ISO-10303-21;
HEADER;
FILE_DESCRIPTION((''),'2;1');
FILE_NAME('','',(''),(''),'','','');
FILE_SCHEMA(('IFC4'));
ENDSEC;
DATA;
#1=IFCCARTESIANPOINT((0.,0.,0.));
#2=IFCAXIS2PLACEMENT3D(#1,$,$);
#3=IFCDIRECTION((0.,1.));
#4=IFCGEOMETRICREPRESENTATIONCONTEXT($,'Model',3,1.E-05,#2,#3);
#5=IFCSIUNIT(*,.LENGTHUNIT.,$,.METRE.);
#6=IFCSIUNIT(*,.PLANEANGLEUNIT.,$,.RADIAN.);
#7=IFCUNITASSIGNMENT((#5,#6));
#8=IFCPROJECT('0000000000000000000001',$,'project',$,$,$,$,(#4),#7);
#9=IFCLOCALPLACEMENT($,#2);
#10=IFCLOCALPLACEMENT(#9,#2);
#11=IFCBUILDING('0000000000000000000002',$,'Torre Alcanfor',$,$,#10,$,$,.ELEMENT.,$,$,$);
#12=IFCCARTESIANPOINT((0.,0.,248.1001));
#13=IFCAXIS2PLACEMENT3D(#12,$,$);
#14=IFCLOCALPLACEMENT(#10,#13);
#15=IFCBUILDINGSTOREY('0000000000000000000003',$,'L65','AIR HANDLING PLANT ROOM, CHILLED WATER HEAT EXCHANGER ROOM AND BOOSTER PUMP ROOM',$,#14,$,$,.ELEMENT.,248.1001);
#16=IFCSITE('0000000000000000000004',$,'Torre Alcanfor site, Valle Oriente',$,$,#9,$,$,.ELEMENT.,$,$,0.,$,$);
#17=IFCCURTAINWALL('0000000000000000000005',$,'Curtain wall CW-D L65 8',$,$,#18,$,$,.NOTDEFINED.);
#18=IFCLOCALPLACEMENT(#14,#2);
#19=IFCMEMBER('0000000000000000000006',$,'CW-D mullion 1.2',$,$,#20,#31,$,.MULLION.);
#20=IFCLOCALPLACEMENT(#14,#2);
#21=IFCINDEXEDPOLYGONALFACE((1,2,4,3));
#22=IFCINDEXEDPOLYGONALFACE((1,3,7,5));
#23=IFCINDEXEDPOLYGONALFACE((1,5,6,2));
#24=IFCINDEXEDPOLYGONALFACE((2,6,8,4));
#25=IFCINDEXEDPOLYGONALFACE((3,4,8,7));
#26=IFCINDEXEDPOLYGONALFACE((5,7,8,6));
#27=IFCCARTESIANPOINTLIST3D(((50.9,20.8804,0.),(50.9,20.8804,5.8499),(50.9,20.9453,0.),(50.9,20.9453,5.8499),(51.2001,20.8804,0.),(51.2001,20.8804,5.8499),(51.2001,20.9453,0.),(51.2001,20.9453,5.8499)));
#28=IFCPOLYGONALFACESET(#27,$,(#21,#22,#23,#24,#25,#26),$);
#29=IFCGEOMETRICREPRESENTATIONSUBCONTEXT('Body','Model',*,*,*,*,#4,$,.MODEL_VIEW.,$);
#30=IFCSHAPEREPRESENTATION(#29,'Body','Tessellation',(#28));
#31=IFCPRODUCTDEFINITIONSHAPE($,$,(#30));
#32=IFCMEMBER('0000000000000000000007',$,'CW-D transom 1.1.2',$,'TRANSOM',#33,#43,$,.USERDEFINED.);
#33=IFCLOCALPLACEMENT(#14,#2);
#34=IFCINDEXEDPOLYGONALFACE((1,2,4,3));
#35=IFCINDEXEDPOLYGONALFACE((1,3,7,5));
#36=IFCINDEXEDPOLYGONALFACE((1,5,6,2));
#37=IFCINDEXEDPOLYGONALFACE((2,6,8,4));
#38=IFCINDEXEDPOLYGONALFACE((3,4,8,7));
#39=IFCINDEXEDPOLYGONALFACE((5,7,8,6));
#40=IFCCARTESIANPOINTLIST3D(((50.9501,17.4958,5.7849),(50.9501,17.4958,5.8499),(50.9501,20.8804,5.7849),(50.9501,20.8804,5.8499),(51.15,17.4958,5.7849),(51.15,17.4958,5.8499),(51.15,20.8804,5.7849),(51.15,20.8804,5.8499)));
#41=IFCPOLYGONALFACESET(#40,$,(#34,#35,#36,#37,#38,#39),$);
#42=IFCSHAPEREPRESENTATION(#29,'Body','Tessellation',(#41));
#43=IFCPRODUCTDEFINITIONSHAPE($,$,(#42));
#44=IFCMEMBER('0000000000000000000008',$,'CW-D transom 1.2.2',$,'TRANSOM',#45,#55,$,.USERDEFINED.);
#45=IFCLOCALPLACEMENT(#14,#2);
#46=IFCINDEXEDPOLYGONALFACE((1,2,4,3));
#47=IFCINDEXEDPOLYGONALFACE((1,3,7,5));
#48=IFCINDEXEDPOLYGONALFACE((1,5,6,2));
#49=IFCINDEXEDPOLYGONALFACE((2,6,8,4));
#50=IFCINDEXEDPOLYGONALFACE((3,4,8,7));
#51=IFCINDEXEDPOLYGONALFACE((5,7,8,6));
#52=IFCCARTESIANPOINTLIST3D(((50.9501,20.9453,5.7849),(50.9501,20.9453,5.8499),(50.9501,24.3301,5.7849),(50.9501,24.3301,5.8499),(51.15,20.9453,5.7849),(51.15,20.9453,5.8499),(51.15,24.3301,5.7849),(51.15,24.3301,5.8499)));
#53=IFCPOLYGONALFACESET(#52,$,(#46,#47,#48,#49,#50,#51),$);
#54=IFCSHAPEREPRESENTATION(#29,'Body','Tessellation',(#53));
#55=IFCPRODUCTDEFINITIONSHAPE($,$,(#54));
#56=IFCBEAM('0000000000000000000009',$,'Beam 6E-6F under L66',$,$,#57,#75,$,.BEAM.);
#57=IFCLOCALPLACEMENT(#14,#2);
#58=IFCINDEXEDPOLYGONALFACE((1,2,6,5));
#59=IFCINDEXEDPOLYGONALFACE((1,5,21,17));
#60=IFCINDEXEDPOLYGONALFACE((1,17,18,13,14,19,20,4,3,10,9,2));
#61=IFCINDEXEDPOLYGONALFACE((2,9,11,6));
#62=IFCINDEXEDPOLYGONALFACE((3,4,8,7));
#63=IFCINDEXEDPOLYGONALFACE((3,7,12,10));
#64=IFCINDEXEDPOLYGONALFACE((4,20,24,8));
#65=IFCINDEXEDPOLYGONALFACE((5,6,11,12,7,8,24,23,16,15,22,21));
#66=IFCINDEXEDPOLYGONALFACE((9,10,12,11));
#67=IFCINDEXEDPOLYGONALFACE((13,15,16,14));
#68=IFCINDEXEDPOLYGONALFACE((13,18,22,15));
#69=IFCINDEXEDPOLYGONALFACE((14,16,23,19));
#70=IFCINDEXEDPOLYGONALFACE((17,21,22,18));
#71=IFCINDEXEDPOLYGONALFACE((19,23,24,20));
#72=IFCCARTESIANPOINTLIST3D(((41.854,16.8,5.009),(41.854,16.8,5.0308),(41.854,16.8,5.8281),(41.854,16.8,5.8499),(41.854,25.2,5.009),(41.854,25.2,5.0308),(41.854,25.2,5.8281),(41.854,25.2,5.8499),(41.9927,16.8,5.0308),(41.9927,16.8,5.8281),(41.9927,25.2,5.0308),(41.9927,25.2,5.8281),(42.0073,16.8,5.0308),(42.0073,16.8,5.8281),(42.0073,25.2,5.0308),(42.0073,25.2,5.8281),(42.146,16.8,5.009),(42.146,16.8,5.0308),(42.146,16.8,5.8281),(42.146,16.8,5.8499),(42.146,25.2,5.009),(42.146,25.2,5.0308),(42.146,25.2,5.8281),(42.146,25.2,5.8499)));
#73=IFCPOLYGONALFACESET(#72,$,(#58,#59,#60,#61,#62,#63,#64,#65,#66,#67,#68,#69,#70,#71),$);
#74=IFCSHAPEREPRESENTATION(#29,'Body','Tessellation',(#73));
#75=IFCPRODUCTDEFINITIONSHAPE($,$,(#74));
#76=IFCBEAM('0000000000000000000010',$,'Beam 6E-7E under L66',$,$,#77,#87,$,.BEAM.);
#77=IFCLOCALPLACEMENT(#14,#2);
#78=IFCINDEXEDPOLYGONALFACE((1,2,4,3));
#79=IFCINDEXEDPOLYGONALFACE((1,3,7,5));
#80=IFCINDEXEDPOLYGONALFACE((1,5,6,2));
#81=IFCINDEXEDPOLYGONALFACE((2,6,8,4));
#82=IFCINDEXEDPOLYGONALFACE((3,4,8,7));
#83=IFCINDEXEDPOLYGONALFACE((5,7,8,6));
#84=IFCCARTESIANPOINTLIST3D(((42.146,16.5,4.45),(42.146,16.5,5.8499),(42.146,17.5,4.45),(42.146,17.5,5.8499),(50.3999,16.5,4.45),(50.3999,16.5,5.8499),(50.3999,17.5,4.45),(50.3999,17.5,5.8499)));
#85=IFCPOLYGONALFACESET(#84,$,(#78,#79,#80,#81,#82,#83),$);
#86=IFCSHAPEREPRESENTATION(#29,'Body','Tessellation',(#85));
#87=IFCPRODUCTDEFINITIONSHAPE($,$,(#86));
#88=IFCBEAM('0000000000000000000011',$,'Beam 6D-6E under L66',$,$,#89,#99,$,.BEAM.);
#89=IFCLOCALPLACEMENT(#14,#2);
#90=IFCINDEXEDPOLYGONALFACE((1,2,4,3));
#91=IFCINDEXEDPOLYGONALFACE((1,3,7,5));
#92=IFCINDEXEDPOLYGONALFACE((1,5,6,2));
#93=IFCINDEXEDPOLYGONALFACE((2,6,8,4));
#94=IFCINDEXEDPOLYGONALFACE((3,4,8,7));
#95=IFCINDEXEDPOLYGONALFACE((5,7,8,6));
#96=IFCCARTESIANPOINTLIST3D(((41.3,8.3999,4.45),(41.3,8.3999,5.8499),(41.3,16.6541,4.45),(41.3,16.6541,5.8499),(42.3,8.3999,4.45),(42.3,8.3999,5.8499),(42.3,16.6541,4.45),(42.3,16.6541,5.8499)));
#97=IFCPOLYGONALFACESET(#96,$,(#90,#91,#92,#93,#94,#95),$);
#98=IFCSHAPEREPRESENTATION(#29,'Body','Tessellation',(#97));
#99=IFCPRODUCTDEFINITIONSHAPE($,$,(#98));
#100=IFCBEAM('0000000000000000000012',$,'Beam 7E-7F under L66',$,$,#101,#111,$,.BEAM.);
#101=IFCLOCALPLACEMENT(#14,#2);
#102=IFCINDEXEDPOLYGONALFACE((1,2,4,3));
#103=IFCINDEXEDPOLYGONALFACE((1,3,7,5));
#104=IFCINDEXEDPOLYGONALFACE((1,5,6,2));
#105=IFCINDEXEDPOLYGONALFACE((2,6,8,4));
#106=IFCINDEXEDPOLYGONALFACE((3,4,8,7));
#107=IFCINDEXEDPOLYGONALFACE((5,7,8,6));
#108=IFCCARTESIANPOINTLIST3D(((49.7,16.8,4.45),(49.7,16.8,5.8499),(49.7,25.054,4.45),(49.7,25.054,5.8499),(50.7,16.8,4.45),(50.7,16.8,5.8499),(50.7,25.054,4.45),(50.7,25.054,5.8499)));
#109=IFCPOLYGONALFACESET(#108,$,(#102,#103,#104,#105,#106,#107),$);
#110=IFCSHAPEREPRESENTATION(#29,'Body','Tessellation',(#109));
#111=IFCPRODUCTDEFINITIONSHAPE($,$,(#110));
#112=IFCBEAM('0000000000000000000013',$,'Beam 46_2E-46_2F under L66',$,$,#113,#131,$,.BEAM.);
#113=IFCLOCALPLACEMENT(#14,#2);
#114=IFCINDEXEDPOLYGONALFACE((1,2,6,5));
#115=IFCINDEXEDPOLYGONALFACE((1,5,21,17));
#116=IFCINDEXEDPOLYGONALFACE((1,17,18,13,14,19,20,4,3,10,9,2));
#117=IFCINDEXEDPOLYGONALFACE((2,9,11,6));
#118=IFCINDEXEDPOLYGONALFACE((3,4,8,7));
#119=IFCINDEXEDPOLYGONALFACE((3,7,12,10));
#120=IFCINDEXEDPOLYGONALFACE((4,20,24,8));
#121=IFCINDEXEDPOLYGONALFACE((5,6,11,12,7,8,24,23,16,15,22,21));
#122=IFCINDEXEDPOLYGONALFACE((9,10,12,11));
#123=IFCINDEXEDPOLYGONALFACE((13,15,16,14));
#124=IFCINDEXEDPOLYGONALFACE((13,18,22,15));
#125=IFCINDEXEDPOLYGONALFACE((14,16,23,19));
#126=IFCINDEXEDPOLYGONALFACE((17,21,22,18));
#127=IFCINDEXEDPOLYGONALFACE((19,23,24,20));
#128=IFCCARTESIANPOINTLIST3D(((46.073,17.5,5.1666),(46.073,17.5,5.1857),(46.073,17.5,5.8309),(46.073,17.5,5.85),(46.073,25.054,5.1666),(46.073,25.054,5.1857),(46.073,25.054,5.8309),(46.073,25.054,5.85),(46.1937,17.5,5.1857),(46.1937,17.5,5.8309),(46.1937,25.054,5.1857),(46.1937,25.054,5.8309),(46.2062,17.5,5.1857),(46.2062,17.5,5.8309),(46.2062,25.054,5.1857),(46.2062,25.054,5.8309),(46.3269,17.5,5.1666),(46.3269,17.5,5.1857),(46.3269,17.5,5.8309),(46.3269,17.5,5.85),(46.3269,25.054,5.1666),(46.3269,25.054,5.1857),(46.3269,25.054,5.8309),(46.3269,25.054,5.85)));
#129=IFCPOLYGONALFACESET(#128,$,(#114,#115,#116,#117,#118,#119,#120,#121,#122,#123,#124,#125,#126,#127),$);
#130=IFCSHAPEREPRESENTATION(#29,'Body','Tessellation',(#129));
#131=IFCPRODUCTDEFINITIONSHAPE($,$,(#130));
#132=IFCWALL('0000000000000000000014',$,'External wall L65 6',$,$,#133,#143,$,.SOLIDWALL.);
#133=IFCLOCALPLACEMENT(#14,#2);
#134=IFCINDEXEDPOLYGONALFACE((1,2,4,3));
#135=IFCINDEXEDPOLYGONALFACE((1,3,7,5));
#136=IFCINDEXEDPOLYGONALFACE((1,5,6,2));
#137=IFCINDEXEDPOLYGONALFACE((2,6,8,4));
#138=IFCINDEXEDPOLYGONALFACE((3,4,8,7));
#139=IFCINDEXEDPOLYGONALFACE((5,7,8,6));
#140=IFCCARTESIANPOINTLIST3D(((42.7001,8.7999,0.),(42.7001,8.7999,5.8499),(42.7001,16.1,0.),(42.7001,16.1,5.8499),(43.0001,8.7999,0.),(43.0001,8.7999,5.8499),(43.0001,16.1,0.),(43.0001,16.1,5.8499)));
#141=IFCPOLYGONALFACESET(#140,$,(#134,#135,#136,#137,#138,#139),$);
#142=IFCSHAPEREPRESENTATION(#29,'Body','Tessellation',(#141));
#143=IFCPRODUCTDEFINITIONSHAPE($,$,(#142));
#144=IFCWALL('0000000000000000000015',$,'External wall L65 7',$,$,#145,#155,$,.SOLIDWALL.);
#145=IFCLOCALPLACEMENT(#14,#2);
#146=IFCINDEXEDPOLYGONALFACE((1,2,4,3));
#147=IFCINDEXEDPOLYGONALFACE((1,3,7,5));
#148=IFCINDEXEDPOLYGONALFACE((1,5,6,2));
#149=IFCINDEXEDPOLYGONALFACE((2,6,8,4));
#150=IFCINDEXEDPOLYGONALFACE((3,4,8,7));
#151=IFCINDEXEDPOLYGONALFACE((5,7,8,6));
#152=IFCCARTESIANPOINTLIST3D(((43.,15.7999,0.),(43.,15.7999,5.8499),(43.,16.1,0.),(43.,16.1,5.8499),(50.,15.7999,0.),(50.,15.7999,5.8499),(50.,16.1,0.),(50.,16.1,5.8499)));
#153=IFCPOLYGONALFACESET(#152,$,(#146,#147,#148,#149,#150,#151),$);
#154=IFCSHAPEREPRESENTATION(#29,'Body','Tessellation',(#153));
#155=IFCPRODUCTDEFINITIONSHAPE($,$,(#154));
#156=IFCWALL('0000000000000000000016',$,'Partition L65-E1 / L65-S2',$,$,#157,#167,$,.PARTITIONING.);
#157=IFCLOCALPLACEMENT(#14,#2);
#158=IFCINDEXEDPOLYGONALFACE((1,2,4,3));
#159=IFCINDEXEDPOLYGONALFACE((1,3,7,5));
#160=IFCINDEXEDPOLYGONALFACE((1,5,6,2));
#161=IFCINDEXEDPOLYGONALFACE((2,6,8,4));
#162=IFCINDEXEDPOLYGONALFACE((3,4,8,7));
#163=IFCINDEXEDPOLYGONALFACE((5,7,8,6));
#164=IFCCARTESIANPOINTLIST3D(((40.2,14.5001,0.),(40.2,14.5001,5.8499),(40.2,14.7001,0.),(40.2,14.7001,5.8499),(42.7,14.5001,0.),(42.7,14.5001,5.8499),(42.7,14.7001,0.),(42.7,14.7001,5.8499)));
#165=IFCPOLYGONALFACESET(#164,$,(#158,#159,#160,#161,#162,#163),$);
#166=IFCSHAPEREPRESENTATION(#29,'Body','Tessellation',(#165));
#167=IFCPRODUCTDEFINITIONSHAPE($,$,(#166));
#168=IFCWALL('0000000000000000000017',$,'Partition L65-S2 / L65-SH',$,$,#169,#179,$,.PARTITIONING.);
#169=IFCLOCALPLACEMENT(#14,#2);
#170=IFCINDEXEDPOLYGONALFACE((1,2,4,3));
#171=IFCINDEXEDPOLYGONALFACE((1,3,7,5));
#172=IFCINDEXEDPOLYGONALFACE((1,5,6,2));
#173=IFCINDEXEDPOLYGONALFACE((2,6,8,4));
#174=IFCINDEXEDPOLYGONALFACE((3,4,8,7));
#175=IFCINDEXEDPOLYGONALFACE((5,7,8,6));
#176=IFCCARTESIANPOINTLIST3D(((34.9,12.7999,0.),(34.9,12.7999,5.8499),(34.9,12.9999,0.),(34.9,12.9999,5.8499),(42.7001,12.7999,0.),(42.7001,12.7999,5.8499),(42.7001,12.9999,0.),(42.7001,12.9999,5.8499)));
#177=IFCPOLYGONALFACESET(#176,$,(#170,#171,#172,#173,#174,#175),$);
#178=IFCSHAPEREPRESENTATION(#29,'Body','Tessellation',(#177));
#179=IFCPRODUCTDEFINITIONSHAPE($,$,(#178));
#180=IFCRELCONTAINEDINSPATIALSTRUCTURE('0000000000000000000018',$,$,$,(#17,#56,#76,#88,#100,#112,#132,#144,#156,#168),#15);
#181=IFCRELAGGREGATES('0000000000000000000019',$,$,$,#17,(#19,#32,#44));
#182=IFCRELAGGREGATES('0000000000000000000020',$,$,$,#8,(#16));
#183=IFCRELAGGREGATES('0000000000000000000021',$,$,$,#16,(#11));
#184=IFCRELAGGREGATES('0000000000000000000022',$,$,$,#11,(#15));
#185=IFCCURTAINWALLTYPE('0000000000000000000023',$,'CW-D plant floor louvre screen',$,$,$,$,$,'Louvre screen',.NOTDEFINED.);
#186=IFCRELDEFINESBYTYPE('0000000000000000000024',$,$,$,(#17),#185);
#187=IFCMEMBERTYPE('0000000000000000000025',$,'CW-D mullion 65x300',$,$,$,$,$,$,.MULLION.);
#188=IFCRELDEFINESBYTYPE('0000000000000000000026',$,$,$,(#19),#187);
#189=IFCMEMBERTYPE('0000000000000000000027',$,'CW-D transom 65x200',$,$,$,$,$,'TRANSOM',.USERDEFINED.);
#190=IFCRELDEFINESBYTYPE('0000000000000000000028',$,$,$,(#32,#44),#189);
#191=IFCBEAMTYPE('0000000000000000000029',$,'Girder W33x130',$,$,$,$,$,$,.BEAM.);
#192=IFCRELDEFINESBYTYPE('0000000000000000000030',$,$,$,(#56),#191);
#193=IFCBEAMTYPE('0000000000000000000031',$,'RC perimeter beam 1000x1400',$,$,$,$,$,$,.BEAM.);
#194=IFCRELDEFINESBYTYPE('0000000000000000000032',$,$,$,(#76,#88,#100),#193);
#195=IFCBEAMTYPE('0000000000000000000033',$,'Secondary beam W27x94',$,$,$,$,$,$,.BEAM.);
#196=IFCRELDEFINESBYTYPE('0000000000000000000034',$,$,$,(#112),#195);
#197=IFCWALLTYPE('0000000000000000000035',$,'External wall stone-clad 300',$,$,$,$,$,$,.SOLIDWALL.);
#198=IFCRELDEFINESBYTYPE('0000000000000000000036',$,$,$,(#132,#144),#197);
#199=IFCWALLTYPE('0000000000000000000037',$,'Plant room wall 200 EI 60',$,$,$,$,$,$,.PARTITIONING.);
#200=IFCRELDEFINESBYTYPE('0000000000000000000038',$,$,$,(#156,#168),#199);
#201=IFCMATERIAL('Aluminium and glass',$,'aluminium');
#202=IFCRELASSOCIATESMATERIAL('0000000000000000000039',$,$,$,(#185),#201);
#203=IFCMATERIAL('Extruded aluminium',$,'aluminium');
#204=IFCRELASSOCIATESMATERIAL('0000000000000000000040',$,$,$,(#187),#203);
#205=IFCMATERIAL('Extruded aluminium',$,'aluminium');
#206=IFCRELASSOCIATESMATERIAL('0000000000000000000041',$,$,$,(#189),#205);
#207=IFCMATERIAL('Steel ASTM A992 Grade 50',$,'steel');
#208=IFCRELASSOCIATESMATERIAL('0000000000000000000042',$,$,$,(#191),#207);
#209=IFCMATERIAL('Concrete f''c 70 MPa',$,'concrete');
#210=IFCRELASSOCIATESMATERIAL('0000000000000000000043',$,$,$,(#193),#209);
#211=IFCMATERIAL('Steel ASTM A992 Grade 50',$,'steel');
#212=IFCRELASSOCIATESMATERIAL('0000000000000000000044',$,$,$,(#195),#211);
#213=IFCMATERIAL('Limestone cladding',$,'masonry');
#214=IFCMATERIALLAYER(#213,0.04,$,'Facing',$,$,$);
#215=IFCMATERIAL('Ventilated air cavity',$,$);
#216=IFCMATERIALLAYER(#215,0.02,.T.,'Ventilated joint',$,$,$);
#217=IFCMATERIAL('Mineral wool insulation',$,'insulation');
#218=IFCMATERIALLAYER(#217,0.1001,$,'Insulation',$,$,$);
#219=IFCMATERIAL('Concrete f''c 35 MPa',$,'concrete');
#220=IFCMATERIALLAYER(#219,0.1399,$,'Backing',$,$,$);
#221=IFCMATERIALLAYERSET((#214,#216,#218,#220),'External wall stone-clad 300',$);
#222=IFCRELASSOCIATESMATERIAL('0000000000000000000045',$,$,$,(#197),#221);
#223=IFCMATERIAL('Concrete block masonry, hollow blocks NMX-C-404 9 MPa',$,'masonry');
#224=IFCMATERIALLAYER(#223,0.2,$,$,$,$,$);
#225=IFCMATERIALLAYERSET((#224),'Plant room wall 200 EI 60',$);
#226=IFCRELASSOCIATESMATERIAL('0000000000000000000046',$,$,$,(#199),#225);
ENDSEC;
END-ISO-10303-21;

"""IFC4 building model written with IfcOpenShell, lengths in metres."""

from ifc_helpers import new_model, si_unit, direction, frame, frame_2d, origin, origin_2d, place, context, subcontext, project, spatial, rectangle, i_section, extrude, material, layer, layer_set, material_profile, profile_set, type_object, element, aggregate, save


model = new_model("IFC4")

# Units and contexts
model_context = context("Model", 3, precision=1e-05, world=origin(), true_north=direction((0.0, 1.0)))
body_context = subcontext(model_context, "Body", "Model", "MODEL_VIEW")
ifc_project = project(units=[si_unit("LENGTHUNIT", "METRE"), si_unit("PLANEANGLEUNIT", "RADIAN")], contexts=[model_context])

# Site, building, storey
site_placement = place(None, origin())
site = spatial("IfcSite", under=ifc_project, at=site_placement, Name="Torre Alcanfor site, Valle Oriente", CompositionType="ELEMENT", RefElevation=0.0)
building_placement = place(site_placement, origin())
building = spatial("IfcBuilding", under=site, at=building_placement, Name="Torre Alcanfor", CompositionType="ELEMENT")
storey_placement = place(building_placement, frame((0.0, 0.0, 248.1001)))
storey = spatial("IfcBuildingStorey", under=building, at=storey_placement, Name="L65", Description="AIR HANDLING PLANT ROOM, CHILLED WATER HEAT EXCHANGER ROOM AND BOOSTER PUMP ROOM", CompositionType="ELEMENT", Elevation=248.1001)

# Shared definitions
ifc_material_1 = material(Name="Aluminium and glass", Category="aluminium")
curtain_wall_type = type_object("IfcCurtainWallType", Name="CW-D plant floor louvre screen", ElementType="Louvre screen", PredefinedType="NOTDEFINED", material=ifc_material_1)
ifc_material_2 = material(Name="Extruded aluminium", Category="aluminium")
ifc_material_profile_1 = material_profile(ifc_material_2, rectangle(XDim=0.3, YDim=0.0649, at=origin_2d()), Name="CW-D mullion 65x300")
ifc_profile_set_1 = profile_set([ifc_material_profile_1], Name="Extruded aluminium")
member_type_1 = type_object("IfcMemberType", Name="CW-D mullion 65x300", PredefinedType="MULLION", material=ifc_profile_set_1)

# Curtain wall, members
curtain_wall_1_placement = place(storey_placement, origin())
curtain_wall_1 = element("IfcCurtainWall", 1, at=curtain_wall_1_placement, inside=storey, type_object=curtain_wall_type, Name="Curtain wall CW-D L65 8", PredefinedType="NOTDEFINED")
member_1_placement = place(storey_placement, frame((51.05, 20.9128, 0.0), z_axis=(0.0, 0.0, 1.0), x_axis=(-1.0, 0.0, 0.0)))
member_1 = element("IfcMember", 2, at=member_1_placement, type_object=member_type_1, Name="CW-D mullion 1.2", PredefinedType="MULLION", context=body_context, shape_type="SweptSolid", body=[
    extrude(rectangle(XDim=0.3, YDim=0.0649, at=origin_2d()), origin(), (0.0, 0.0, 1.0), 5.8499),
])
ifc_material_3 = material(Name="Extruded aluminium", Category="aluminium")
ifc_material_profile_2 = material_profile(ifc_material_3, rectangle(XDim=0.2, YDim=0.0649, at=origin_2d()), Name="CW-D transom 200x65")
ifc_profile_set_2 = profile_set([ifc_material_profile_2], Name="Extruded aluminium")
member_type_2 = type_object("IfcMemberType", Name="CW-D transom 65x200", ElementType="TRANSOM", PredefinedType="USERDEFINED", material=ifc_profile_set_2)
member_2_placement = place(storey_placement, frame((51.05, 17.4958, 5.8174), z_axis=(0.0, 1.0, 0.0), x_axis=(-1.0, 0.0, 0.0)))
member_2 = element("IfcMember", 3, at=member_2_placement, type_object=member_type_2, Name="CW-D transom 1.1.2", ObjectType="TRANSOM", PredefinedType="USERDEFINED", context=body_context, shape_type="SweptSolid", body=[
    extrude(rectangle(XDim=0.2, YDim=0.0649, at=origin_2d()), origin(), (0.0, 0.0, 1.0), 3.3845),
])
member_3_placement = place(storey_placement, frame((51.05, 20.9453, 5.8174), z_axis=(0.0, 1.0, 0.0), x_axis=(-1.0, 0.0, 0.0)))
member_3 = element("IfcMember", 4, at=member_3_placement, type_object=member_type_2, Name="CW-D transom 1.2.2", ObjectType="TRANSOM", PredefinedType="USERDEFINED", context=body_context, shape_type="SweptSolid", body=[
    extrude(rectangle(XDim=0.2, YDim=0.0649, at=origin_2d()), origin(), (0.0, 0.0, 1.0), 3.3848),
])

# Beams
ifc_material_4 = material(Name="Steel ASTM A992 Grade 50", Category="steel")
ifc_material_profile_3 = material_profile(ifc_material_4, i_section(OverallWidth=0.292, OverallDepth=0.8408, WebThickness=0.0146, FlangeThickness=0.0217, at=origin_2d()), Name="W33x130")
ifc_profile_set_3 = profile_set([ifc_material_profile_3], Name="Steel ASTM A992 Grade 50")
beam_type_1 = type_object("IfcBeamType", Name="Girder W33x130", PredefinedType="BEAM", material=ifc_profile_set_3)
beam_1_placement = place(storey_placement, frame((42.0, 16.8, 5.4294), z_axis=(0.0, 1.0, 0.0), x_axis=(-1.0, 0.0, 0.0)))
element("IfcBeam", 5, at=beam_1_placement, inside=storey, type_object=beam_type_1, Name="Beam 6E-6F under L66", PredefinedType="BEAM", context=body_context, shape_type="SweptSolid", body=[
    extrude(i_section(OverallWidth=0.292, OverallDepth=0.8408, WebThickness=0.0146, FlangeThickness=0.0217, at=origin_2d()), origin(), (0.0, 0.0, 1.0), 8.3999),
])
ifc_material_5 = material(Name="Concrete f'c 70 MPa", Category="concrete")
ifc_material_profile_4 = material_profile(ifc_material_5, rectangle(XDim=1.0, YDim=1.3999, at=origin_2d()), Name="1000x1400")
ifc_profile_set_4 = profile_set([ifc_material_profile_4], Name="Concrete f'c 70 MPa")
beam_type_2 = type_object("IfcBeamType", Name="RC perimeter beam 1000x1400", PredefinedType="BEAM", material=ifc_profile_set_4)
beam_2_placement = place(storey_placement, frame((42.146, 17.0, 5.1499), z_axis=(1.0, 0.0, 0.0), x_axis=(0.0, 1.0, 0.0)))
element("IfcBeam", 6, at=beam_2_placement, inside=storey, type_object=beam_type_2, Name="Beam 6E-7E under L66", PredefinedType="BEAM", context=body_context, shape_type="SweptSolid", body=[
    extrude(rectangle(XDim=1.0, YDim=1.3999, at=origin_2d()), origin(), (0.0, 0.0, 1.0), 8.2539),
])
beam_3_placement = place(storey_placement, frame((41.8, 8.3999, 5.1499), z_axis=(0.0, 1.0, 0.0), x_axis=(-1.0, 0.0, 0.0)))
element("IfcBeam", 7, at=beam_3_placement, inside=storey, type_object=beam_type_2, Name="Beam 6D-6E under L66", PredefinedType="BEAM", context=body_context, shape_type="SweptSolid", body=[
    extrude(rectangle(XDim=1.0, YDim=1.3999, at=origin_2d()), origin(), (0.0, 0.0, 1.0), 8.2542),
])
beam_4_placement = place(storey_placement, frame((50.2, 16.8, 5.1499), z_axis=(0.0, 1.0, 0.0), x_axis=(-1.0, 0.0, 0.0)))
element("IfcBeam", 8, at=beam_4_placement, inside=storey, type_object=beam_type_2, Name="Beam 7E-7F under L66", PredefinedType="BEAM", context=body_context, shape_type="SweptSolid", body=[
    extrude(rectangle(XDim=1.0, YDim=1.3999, at=origin_2d()), origin(), (0.0, 0.0, 1.0), 8.2539),
])
ifc_material_6 = material(Name="Steel ASTM A992 Grade 50", Category="steel")
ifc_material_profile_5 = material_profile(ifc_material_6, i_section(OverallWidth=0.2539, OverallDepth=0.6833, WebThickness=0.0125, FlangeThickness=0.019, at=origin_2d()), Name="W27x94")
ifc_profile_set_5 = profile_set([ifc_material_profile_5], Name="Steel ASTM A992 Grade 50")
beam_type_3 = type_object("IfcBeamType", Name="Secondary beam W27x94", PredefinedType="BEAM", material=ifc_profile_set_5)
beam_5_placement = place(storey_placement, frame((46.2, 17.5, 5.5083), z_axis=(0.0, 1.0, 0.0), x_axis=(-1.0, 0.0, 0.0)))
element("IfcBeam", 9, at=beam_5_placement, inside=storey, type_object=beam_type_3, Name="Beam 46_2E-46_2F under L66", PredefinedType="BEAM", context=body_context, shape_type="SweptSolid", body=[
    extrude(i_section(OverallWidth=0.2539, OverallDepth=0.6833, WebThickness=0.0125, FlangeThickness=0.019, at=origin_2d()), origin(), (0.0, 0.0, 1.0), 7.554),
])

# Walls
ifc_material_7 = material(Name="Limestone cladding", Category="masonry")
ifc_layer_1 = layer(ifc_material_7, 0.04, Name="Facing")
ifc_material_8 = material(Name="Ventilated air cavity")
ifc_layer_2 = layer(ifc_material_8, 0.02, ventilated=True, Name="Ventilated joint")
ifc_material_9 = material(Name="Mineral wool insulation", Category="insulation")
ifc_layer_3 = layer(ifc_material_9, 0.1001, Name="Insulation")
ifc_material_10 = material(Name="Concrete f'c 35 MPa", Category="concrete")
ifc_layer_4 = layer(ifc_material_10, 0.1399, Name="Backing")
ifc_layer_set_1 = layer_set([ifc_layer_1, ifc_layer_2, ifc_layer_3, ifc_layer_4], Name="External wall stone-clad 300")
wall_type_1 = type_object("IfcWallType", Name="External wall stone-clad 300", PredefinedType="SOLIDWALL", material=ifc_layer_set_1)
wall_1_placement = place(storey_placement, frame((42.8501, 8.8, 0.0), z_axis=(0.0, 0.0, 1.0), x_axis=(0.0, 1.0, 0.0)))
element("IfcWall", 10, at=wall_1_placement, inside=storey, type_object=wall_type_1, Name="External wall L65 6", PredefinedType="SOLIDWALL", context=body_context, shape_type="SweptSolid", body=[
    extrude(rectangle(XDim=7.3, YDim=0.3, at=frame_2d((3.6499, 0.0))), origin(), (0.0, 0.0, 1.0), 5.8499),
])
wall_2_placement = place(storey_placement, frame((43.0, 15.95, 0.0), z_axis=(0.0, 0.0, 1.0), x_axis=(1.0, 0.0, 0.0)))
element("IfcWall", 11, at=wall_2_placement, inside=storey, type_object=wall_type_1, Name="External wall L65 7", PredefinedType="SOLIDWALL", context=body_context, shape_type="SweptSolid", body=[
    extrude(rectangle(XDim=7.0, YDim=0.3, at=frame_2d((3.5, 0.0))), origin(), (0.0, 0.0, 1.0), 5.8499),
])

# Shared definitions
ifc_material_11 = material(Name="Concrete block masonry, hollow blocks NMX-C-404 9 MPa", Category="masonry")
ifc_layer_5 = layer(ifc_material_11, 0.2)
ifc_layer_set_2 = layer_set([ifc_layer_5], Name="Plant room wall 200 EI 60")
wall_type_2 = type_object("IfcWallType", Name="Plant room wall 200 EI 60", PredefinedType="PARTITIONING", material=ifc_layer_set_2)

# Walls
wall_3_placement = place(storey_placement, frame((42.7, 14.6001, 0.0), z_axis=(0.0, 0.0, 1.0), x_axis=(-1.0, 0.0, 0.0)))
element("IfcWall", 12, at=wall_3_placement, inside=storey, type_object=wall_type_2, Name="Partition L65-E1 / L65-S2", PredefinedType="PARTITIONING", context=body_context, shape_type="SweptSolid", body=[
    extrude(rectangle(XDim=2.5, YDim=0.2, at=frame_2d((1.25, 0.0))), origin(), (0.0, 0.0, 1.0), 5.8499),
])
wall_4_placement = place(storey_placement, frame((42.7, 12.8999, 0.0), z_axis=(0.0, 0.0, 1.0), x_axis=(-1.0, 0.0, 0.0)))
element("IfcWall", 13, at=wall_4_placement, inside=storey, type_object=wall_type_2, Name="Partition L65-S2 / L65-SH", PredefinedType="PARTITIONING", context=body_context, shape_type="SweptSolid", body=[
    extrude(rectangle(XDim=7.8, YDim=0.2, at=frame_2d((3.8999, 0.0))), origin(), (0.0, 0.0, 1.0), 5.8499),
])

aggregate(curtain_wall_1, [member_1, member_2, member_3])

save(model, "model.ifc")
